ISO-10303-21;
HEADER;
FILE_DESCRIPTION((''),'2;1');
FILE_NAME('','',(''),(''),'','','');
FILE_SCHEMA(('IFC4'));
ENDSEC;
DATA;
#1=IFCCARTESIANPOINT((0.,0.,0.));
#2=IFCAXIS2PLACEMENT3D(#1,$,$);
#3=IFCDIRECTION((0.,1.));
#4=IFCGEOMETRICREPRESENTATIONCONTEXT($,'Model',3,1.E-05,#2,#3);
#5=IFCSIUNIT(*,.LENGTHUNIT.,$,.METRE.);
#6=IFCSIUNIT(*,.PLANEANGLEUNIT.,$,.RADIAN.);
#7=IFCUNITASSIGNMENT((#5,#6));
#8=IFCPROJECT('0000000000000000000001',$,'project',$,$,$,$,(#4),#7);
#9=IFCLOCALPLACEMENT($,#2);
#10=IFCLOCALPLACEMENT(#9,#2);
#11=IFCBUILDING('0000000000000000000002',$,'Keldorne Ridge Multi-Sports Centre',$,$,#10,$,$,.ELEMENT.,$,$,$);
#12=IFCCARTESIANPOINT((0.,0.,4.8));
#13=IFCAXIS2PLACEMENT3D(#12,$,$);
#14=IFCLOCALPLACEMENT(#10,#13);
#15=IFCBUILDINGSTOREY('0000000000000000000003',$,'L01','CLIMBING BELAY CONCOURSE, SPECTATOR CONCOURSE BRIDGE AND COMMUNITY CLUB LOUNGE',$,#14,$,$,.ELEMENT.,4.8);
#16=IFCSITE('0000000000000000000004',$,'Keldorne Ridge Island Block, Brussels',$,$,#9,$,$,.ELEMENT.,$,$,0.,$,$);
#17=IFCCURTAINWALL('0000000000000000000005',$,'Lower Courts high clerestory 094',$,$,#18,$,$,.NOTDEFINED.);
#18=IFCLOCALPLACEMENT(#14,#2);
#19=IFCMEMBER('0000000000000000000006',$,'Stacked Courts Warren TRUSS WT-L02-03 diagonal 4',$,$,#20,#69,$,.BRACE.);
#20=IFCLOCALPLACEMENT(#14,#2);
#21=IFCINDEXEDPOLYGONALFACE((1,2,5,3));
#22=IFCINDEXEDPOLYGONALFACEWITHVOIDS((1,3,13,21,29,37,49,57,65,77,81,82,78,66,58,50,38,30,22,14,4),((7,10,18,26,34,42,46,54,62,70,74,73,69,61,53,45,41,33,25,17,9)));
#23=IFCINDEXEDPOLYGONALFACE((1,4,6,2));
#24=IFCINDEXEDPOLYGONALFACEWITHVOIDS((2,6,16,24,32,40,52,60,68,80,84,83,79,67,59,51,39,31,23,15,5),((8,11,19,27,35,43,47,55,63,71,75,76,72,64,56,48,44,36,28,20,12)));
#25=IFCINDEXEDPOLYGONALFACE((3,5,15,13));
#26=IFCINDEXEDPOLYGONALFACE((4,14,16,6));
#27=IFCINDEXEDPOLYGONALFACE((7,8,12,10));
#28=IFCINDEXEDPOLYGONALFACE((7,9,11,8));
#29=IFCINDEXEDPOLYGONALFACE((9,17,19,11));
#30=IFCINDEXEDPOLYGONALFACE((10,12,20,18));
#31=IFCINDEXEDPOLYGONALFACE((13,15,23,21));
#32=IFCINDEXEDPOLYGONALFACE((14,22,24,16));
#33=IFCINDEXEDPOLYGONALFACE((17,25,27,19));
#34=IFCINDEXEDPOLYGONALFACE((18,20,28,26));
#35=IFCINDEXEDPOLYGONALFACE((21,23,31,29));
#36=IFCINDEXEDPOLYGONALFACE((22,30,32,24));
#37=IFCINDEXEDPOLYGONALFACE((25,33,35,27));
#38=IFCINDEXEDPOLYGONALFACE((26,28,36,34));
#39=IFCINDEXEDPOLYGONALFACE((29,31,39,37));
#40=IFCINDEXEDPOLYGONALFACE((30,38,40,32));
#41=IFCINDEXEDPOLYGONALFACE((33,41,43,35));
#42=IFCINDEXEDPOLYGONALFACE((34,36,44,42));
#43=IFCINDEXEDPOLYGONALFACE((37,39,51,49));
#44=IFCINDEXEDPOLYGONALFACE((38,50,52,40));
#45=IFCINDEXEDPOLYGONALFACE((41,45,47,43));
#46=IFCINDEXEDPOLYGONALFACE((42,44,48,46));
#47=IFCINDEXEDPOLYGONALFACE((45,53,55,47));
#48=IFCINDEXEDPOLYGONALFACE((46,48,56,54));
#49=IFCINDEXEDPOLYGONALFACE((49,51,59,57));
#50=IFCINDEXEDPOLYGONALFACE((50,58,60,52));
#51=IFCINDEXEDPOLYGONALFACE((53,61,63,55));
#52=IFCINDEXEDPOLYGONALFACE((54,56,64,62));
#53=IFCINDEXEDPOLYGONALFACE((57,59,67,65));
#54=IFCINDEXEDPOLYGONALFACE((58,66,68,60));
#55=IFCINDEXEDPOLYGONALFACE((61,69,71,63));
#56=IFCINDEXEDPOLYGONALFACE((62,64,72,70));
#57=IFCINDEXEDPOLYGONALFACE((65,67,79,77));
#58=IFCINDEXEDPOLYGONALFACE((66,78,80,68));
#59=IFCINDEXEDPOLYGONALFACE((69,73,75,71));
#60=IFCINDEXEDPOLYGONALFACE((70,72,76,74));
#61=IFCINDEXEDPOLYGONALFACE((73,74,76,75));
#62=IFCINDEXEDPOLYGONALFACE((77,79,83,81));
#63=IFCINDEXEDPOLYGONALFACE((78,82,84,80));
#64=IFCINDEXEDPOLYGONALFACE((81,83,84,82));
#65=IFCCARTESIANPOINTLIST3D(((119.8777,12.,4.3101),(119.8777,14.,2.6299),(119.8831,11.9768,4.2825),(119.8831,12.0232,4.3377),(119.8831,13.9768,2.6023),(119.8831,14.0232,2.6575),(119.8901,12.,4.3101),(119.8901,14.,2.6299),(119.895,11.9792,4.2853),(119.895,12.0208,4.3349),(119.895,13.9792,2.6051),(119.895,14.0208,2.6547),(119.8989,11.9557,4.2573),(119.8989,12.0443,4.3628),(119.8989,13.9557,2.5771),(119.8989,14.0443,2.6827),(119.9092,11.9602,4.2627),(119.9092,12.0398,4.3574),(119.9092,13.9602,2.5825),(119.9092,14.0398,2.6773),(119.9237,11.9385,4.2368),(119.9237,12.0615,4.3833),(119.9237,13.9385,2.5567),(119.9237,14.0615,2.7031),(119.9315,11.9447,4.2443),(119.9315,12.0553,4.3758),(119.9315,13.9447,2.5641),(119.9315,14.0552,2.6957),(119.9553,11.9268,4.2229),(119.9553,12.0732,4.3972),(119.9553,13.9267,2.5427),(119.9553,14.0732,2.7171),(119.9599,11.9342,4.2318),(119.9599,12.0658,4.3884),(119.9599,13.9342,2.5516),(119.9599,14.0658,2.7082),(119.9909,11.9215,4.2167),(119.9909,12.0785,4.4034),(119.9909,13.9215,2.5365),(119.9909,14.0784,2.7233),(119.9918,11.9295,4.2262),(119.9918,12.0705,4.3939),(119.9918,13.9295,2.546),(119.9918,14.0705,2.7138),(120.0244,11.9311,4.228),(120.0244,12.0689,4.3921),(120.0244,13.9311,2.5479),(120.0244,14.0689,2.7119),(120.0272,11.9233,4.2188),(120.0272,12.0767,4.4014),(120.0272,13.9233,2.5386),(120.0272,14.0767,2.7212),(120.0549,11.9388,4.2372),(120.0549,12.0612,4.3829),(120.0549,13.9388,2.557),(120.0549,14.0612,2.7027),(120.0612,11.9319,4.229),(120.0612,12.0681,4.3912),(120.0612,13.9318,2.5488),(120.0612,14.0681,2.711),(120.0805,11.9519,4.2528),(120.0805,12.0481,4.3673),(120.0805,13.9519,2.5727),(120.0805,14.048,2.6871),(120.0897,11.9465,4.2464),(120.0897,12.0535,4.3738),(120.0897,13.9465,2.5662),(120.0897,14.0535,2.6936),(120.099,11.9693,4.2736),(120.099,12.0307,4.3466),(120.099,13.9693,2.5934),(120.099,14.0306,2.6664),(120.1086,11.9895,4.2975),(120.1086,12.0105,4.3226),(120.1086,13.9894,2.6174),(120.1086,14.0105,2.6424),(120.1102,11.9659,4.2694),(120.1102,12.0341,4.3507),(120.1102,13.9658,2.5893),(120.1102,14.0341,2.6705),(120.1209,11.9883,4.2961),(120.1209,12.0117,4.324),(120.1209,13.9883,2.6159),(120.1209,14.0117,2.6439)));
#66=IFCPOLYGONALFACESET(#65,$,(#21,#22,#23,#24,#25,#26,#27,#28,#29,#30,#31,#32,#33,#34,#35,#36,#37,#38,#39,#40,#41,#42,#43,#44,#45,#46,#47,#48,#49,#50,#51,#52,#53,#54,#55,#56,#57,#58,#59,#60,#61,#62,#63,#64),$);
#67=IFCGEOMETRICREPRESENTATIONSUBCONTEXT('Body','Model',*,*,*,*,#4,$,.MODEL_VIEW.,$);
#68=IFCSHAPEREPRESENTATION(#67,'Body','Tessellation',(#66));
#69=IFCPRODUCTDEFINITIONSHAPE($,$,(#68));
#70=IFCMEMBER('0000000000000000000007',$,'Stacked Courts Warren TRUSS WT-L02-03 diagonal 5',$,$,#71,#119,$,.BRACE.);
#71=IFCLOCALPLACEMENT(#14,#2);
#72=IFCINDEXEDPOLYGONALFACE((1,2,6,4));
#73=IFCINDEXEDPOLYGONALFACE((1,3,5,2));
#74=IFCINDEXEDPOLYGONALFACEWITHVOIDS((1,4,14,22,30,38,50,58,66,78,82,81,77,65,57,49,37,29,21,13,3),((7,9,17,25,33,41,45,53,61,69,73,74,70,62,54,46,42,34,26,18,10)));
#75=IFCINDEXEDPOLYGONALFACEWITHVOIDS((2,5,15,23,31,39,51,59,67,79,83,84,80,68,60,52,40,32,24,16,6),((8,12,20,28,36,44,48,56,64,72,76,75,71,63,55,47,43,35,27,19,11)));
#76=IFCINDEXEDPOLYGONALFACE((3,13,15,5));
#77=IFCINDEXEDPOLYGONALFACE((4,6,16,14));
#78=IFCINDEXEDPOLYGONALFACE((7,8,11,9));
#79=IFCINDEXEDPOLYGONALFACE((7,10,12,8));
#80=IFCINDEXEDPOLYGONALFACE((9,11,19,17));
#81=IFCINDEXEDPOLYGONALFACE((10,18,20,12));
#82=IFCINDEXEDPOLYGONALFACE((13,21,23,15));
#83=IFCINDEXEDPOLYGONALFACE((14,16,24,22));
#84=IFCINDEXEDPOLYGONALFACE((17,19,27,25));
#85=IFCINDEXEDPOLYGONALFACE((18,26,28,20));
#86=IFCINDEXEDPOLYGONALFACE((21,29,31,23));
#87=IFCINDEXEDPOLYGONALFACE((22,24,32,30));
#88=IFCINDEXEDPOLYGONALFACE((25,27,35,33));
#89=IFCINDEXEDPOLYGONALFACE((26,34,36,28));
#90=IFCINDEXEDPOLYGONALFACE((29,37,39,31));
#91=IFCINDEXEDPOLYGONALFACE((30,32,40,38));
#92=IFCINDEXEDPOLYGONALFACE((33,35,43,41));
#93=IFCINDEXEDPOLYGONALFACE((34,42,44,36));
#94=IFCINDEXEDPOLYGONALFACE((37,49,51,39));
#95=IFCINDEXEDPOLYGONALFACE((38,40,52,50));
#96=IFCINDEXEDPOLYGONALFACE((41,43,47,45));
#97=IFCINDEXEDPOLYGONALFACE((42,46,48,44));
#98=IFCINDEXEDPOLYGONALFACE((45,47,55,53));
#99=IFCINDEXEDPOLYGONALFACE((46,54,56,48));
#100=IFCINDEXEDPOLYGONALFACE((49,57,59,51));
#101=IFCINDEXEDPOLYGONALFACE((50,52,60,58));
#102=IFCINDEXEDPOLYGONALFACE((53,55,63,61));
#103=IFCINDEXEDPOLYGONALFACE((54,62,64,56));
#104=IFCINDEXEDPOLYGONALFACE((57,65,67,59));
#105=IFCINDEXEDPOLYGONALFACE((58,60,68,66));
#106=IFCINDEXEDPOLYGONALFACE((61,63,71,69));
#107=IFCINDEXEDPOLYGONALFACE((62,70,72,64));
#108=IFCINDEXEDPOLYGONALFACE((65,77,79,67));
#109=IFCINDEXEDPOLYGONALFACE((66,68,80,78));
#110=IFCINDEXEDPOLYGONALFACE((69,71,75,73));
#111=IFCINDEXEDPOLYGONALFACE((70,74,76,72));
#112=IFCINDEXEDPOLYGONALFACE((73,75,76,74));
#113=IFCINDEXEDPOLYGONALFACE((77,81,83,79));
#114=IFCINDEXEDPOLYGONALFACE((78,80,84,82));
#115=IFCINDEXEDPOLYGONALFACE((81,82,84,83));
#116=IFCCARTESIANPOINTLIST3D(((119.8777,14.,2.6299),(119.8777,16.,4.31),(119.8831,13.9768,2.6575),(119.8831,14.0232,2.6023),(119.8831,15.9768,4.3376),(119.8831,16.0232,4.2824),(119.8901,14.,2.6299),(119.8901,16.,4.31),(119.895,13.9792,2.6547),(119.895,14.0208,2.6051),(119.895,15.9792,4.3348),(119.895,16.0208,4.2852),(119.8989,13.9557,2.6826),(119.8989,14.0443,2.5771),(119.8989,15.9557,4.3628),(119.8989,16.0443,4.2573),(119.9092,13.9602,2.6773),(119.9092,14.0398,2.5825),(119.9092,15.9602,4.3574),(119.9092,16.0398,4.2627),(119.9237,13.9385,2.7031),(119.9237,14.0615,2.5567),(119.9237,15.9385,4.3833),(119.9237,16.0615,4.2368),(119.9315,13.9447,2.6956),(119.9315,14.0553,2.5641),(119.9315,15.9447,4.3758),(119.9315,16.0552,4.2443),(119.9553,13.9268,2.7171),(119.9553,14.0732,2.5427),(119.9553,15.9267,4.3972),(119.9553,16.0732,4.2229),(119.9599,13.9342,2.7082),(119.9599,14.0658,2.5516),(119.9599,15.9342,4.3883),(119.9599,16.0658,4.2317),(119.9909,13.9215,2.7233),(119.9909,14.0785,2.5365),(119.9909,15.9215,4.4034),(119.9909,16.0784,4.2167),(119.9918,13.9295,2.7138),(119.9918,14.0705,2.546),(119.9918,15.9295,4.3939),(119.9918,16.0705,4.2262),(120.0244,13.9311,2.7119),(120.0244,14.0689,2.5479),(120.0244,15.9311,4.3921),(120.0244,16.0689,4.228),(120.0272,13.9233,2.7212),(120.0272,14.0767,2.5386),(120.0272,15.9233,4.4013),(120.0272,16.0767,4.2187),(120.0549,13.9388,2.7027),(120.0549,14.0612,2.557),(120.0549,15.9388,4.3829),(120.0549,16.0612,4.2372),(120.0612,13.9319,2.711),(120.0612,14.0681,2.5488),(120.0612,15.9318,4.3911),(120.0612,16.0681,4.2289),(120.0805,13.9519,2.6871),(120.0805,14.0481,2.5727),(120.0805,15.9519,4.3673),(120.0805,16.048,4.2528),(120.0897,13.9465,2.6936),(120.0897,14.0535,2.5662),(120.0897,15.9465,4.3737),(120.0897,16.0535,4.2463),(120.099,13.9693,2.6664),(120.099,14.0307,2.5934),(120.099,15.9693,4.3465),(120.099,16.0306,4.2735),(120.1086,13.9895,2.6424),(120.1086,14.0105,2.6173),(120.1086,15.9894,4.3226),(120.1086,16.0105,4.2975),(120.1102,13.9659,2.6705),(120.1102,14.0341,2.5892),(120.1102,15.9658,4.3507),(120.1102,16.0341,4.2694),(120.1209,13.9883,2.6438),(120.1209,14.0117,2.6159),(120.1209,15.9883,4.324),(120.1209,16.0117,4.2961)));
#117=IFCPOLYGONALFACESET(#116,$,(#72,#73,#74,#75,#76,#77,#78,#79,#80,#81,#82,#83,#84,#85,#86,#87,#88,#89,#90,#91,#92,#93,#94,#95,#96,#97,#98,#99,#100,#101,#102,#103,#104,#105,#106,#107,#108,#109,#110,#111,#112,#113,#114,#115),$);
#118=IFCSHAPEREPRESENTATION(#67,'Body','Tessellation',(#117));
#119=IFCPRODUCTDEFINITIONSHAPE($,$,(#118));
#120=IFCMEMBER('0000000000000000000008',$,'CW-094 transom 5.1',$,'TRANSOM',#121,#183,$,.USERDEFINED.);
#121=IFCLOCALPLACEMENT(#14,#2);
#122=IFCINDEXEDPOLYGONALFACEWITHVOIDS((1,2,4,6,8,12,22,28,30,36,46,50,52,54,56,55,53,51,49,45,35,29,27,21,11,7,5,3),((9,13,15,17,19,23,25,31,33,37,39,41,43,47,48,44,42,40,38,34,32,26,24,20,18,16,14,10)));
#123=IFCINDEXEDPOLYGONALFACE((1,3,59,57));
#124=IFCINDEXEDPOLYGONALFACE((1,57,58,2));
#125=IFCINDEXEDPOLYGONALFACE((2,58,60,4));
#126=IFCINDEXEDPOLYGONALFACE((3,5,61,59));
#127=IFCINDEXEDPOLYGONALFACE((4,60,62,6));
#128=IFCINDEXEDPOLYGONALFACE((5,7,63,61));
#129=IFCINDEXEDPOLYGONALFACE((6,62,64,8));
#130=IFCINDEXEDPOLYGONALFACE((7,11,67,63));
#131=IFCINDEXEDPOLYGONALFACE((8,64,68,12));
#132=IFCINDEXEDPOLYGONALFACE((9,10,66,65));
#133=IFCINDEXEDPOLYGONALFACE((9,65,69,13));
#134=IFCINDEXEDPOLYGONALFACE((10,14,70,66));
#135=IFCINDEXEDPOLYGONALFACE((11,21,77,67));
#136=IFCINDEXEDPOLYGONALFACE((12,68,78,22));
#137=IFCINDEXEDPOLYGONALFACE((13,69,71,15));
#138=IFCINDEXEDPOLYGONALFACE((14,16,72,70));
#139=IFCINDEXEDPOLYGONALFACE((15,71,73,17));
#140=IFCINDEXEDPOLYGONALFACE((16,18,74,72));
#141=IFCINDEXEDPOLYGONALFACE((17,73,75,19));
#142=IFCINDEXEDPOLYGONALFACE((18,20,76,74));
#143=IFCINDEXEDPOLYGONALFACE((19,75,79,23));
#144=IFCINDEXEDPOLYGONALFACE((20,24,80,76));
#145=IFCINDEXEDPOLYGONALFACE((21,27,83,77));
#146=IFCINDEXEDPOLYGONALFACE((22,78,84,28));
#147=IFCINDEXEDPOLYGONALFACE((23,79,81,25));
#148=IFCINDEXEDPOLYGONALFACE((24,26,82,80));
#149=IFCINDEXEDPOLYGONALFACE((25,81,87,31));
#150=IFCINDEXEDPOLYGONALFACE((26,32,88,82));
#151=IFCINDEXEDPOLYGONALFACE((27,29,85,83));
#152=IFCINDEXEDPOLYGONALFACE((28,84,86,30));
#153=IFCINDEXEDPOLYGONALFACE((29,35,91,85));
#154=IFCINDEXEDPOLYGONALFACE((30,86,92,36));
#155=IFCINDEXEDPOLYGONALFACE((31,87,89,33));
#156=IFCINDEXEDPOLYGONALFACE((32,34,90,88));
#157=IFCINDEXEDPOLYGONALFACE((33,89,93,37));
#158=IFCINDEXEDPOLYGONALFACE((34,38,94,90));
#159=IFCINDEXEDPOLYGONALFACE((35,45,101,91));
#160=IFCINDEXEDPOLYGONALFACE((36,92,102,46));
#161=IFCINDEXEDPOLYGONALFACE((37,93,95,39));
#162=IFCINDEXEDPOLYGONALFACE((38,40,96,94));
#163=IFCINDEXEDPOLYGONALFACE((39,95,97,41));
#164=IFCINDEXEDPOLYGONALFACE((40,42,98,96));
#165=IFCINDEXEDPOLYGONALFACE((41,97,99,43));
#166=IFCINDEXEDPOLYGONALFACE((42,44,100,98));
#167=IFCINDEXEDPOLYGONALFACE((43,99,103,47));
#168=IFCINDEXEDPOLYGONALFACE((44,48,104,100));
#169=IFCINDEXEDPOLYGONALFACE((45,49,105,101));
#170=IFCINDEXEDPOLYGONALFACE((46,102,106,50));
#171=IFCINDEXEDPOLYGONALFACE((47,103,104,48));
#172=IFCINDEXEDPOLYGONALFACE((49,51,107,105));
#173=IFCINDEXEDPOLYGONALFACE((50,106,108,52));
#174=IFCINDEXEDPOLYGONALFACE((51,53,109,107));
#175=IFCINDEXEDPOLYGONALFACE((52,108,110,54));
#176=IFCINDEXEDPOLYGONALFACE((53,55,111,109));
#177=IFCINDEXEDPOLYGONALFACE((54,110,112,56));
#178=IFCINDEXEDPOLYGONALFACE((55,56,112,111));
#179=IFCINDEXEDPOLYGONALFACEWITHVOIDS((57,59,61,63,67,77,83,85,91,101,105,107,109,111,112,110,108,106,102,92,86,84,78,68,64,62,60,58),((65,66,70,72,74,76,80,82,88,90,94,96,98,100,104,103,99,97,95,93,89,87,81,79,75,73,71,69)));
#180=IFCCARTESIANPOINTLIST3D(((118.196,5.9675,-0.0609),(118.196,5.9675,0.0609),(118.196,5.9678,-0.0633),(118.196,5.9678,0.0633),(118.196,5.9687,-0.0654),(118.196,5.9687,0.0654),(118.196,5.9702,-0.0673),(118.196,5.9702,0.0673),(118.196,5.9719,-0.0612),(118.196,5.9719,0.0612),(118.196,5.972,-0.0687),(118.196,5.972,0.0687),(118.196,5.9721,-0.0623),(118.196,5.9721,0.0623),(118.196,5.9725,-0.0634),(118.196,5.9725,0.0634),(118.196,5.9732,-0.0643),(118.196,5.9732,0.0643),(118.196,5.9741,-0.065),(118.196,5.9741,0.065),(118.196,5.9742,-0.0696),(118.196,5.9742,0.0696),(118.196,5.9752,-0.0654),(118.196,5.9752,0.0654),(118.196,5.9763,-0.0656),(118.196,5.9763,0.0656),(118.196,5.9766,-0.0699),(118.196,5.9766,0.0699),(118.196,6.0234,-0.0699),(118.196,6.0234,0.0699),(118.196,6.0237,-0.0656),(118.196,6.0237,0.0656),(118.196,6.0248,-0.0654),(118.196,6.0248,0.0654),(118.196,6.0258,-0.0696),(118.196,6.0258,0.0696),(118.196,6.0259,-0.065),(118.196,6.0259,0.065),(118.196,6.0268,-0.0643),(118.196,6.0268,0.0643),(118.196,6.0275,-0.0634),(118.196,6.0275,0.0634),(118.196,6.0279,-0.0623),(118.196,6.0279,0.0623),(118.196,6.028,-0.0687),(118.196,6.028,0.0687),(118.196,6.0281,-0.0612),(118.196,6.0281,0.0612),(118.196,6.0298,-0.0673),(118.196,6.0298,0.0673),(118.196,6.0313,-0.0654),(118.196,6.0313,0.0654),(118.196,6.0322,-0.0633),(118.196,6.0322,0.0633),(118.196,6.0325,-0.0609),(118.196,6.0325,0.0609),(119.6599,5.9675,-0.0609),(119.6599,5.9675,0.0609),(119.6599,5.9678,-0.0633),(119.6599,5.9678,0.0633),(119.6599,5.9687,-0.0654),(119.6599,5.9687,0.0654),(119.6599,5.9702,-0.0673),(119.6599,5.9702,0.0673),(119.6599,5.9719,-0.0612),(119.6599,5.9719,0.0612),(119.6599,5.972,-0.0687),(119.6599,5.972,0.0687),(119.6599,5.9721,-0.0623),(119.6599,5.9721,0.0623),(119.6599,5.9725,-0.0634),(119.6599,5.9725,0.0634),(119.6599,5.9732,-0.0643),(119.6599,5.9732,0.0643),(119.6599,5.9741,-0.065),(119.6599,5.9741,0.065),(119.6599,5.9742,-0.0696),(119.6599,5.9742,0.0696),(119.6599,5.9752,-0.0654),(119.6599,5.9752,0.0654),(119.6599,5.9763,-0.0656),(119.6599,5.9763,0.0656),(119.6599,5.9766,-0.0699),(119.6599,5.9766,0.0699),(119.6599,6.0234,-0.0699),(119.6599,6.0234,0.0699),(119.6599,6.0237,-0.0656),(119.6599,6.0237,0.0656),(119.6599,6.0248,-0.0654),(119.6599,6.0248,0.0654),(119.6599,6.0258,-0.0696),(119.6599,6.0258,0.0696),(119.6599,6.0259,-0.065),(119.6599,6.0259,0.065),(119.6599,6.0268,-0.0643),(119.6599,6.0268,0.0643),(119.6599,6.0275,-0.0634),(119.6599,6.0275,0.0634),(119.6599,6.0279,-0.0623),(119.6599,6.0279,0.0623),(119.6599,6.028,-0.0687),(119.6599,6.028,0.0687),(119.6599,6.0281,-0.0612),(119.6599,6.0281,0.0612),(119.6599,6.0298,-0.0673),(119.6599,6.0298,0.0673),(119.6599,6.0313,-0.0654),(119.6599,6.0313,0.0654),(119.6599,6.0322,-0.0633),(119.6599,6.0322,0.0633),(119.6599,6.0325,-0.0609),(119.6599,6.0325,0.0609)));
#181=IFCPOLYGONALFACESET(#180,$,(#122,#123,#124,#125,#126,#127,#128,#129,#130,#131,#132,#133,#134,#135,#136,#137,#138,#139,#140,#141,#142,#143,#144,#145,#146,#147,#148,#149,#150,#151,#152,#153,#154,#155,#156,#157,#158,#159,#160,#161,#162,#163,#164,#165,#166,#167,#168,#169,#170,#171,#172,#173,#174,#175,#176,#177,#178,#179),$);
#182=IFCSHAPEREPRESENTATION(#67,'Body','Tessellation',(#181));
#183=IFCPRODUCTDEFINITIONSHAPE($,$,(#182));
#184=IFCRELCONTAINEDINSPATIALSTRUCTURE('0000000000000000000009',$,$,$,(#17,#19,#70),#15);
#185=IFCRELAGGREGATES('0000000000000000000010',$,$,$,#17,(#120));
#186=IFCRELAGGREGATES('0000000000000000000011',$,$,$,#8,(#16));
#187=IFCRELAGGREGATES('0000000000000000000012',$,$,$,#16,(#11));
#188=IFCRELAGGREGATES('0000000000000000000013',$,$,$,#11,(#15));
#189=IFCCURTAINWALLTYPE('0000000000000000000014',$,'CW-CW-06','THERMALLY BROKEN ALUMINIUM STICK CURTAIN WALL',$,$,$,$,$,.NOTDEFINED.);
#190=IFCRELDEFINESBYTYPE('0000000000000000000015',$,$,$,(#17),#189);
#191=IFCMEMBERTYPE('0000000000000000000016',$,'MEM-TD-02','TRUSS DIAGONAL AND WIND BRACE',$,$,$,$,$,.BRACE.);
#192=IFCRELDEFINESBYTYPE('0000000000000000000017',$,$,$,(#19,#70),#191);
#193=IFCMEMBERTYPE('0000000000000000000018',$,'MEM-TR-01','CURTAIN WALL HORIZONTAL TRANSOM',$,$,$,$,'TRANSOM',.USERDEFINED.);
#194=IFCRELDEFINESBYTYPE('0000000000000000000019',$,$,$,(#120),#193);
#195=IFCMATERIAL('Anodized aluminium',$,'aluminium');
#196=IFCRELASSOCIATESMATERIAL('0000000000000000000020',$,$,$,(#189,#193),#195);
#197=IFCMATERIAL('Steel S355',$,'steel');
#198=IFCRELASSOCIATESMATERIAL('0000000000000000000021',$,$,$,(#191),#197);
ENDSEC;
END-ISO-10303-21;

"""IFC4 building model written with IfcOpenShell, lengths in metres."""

from ifc_helpers import new_model, si_unit, direction, frame, origin, origin_2d, place, context, subcontext, project, spatial, hollow_rectangle, hollow_circle, extrude, material, material_profile, profile_set, type_object, element, aggregate, save


model = new_model("IFC4")

# Units and contexts
model_context = context("Model", 3, precision=1e-05, world=origin(), true_north=direction((0.0, 1.0)))
body_context = subcontext(model_context, "Body", "Model", "MODEL_VIEW")
ifc_project = project(units=[si_unit("LENGTHUNIT", "METRE"), si_unit("PLANEANGLEUNIT", "RADIAN")], contexts=[model_context])

# Site, building, storey
site_placement = place(None, origin())
site = spatial("IfcSite", under=ifc_project, at=site_placement, Name="Keldorne Ridge Island Block, Brussels", CompositionType="ELEMENT", RefElevation=0.0)
building_placement = place(site_placement, origin())
building = spatial("IfcBuilding", under=site, at=building_placement, Name="Keldorne Ridge Multi-Sports Centre", CompositionType="ELEMENT")
storey_placement = place(building_placement, frame((0.0, 0.0, 4.8)))
storey = spatial("IfcBuildingStorey", under=building, at=storey_placement, Name="L01", Description="CLIMBING BELAY CONCOURSE, SPECTATOR CONCOURSE BRIDGE AND COMMUNITY CLUB LOUNGE", CompositionType="ELEMENT", Elevation=4.8)

# Shared definitions
ifc_material_1 = material(Name="Steel S355", Category="steel")

# Curtain wall
ifc_material_2 = material(Name="Anodized aluminium", Category="aluminium")
curtain_wall_type = type_object("IfcCurtainWallType", Name="CW-CW-06", Description="THERMALLY BROKEN ALUMINIUM STICK CURTAIN WALL", PredefinedType="NOTDEFINED", material=ifc_material_2)
curtain_wall_placement = place(storey_placement, origin())
curtain_wall = element("IfcCurtainWall", 1, at=curtain_wall_placement, inside=storey, type_object=curtain_wall_type, Name="Lower Courts high clerestory 094", PredefinedType="NOTDEFINED")

# Members
ifc_material_profile_1 = material_profile(ifc_material_1, hollow_circle(Radius=0.1223, WallThickness=0.0125, at=origin_2d()), Name="CHS 244.5x12.5")
ifc_profile_set_1 = profile_set([ifc_material_profile_1], Name="Steel S355")
member_type_1 = type_object("IfcMemberType", Name="MEM-TD-02", Description="TRUSS DIAGONAL AND WIND BRACE", PredefinedType="BRACE", material=ifc_profile_set_1)
for number, where, z_axis, x_axis, name in (
    (2, (120.0, 12.0, 4.3101), (0.0, 0.765672, -0.643232), (-1.0, 0.0, 0.0), "Stacked Courts Warren TRUSS WT-L02-03 diagonal 4"),
    (3, (120.0, 14.0, 2.6299), (0.0, 0.765672, 0.643232), (-1.0, 0.0, 0.0), "Stacked Courts Warren TRUSS WT-L02-03 diagonal 5"),
):
    element("IfcMember", number, at=place(storey_placement, frame(where, z_axis=z_axis, x_axis=x_axis)), inside=storey, type_object=member_type_1, Name=name, PredefinedType="BRACE", context=body_context, shape_type="SweptSolid", body=[
        extrude(hollow_circle(Radius=0.1223, WallThickness=0.0125, at=origin_2d()), origin(), (0.0, 0.0, 1.0), 2.6121),
    ])

# Member
ifc_material_profile_2 = material_profile(ifc_material_2, hollow_rectangle(XDim=0.0649, YDim=0.1399, WallThickness=0.0044, InnerFilletRadius=0.0044, OuterFilletRadius=0.009, at=origin_2d()), Name="ALU TRANSOM 140x65x4.5")
ifc_profile_set_2 = profile_set([ifc_material_profile_2], Name="Anodized aluminium")
member_type_2 = type_object("IfcMemberType", Name="MEM-TR-01", Description="CURTAIN WALL HORIZONTAL TRANSOM", ElementType="TRANSOM", PredefinedType="USERDEFINED", material=ifc_profile_set_2)
member_1_placement = place(storey_placement, frame((118.196, 6.0, 0.0), z_axis=(1.0, 0.0, 0.0), x_axis=(0.0, 1.0, 0.0)))
member_1 = element("IfcMember", 4, at=member_1_placement, type_object=member_type_2, Name="CW-094 transom 5.1", ObjectType="TRANSOM", PredefinedType="USERDEFINED", context=body_context, shape_type="SweptSolid", body=[
    extrude(hollow_rectangle(XDim=0.0649, YDim=0.1399, WallThickness=0.0044, InnerFilletRadius=0.0044, OuterFilletRadius=0.009, at=origin_2d()), origin(), (0.0, 0.0, 1.0), 1.4639),
])

aggregate(curtain_wall, [member_1])

save(model, "model.ifc")
